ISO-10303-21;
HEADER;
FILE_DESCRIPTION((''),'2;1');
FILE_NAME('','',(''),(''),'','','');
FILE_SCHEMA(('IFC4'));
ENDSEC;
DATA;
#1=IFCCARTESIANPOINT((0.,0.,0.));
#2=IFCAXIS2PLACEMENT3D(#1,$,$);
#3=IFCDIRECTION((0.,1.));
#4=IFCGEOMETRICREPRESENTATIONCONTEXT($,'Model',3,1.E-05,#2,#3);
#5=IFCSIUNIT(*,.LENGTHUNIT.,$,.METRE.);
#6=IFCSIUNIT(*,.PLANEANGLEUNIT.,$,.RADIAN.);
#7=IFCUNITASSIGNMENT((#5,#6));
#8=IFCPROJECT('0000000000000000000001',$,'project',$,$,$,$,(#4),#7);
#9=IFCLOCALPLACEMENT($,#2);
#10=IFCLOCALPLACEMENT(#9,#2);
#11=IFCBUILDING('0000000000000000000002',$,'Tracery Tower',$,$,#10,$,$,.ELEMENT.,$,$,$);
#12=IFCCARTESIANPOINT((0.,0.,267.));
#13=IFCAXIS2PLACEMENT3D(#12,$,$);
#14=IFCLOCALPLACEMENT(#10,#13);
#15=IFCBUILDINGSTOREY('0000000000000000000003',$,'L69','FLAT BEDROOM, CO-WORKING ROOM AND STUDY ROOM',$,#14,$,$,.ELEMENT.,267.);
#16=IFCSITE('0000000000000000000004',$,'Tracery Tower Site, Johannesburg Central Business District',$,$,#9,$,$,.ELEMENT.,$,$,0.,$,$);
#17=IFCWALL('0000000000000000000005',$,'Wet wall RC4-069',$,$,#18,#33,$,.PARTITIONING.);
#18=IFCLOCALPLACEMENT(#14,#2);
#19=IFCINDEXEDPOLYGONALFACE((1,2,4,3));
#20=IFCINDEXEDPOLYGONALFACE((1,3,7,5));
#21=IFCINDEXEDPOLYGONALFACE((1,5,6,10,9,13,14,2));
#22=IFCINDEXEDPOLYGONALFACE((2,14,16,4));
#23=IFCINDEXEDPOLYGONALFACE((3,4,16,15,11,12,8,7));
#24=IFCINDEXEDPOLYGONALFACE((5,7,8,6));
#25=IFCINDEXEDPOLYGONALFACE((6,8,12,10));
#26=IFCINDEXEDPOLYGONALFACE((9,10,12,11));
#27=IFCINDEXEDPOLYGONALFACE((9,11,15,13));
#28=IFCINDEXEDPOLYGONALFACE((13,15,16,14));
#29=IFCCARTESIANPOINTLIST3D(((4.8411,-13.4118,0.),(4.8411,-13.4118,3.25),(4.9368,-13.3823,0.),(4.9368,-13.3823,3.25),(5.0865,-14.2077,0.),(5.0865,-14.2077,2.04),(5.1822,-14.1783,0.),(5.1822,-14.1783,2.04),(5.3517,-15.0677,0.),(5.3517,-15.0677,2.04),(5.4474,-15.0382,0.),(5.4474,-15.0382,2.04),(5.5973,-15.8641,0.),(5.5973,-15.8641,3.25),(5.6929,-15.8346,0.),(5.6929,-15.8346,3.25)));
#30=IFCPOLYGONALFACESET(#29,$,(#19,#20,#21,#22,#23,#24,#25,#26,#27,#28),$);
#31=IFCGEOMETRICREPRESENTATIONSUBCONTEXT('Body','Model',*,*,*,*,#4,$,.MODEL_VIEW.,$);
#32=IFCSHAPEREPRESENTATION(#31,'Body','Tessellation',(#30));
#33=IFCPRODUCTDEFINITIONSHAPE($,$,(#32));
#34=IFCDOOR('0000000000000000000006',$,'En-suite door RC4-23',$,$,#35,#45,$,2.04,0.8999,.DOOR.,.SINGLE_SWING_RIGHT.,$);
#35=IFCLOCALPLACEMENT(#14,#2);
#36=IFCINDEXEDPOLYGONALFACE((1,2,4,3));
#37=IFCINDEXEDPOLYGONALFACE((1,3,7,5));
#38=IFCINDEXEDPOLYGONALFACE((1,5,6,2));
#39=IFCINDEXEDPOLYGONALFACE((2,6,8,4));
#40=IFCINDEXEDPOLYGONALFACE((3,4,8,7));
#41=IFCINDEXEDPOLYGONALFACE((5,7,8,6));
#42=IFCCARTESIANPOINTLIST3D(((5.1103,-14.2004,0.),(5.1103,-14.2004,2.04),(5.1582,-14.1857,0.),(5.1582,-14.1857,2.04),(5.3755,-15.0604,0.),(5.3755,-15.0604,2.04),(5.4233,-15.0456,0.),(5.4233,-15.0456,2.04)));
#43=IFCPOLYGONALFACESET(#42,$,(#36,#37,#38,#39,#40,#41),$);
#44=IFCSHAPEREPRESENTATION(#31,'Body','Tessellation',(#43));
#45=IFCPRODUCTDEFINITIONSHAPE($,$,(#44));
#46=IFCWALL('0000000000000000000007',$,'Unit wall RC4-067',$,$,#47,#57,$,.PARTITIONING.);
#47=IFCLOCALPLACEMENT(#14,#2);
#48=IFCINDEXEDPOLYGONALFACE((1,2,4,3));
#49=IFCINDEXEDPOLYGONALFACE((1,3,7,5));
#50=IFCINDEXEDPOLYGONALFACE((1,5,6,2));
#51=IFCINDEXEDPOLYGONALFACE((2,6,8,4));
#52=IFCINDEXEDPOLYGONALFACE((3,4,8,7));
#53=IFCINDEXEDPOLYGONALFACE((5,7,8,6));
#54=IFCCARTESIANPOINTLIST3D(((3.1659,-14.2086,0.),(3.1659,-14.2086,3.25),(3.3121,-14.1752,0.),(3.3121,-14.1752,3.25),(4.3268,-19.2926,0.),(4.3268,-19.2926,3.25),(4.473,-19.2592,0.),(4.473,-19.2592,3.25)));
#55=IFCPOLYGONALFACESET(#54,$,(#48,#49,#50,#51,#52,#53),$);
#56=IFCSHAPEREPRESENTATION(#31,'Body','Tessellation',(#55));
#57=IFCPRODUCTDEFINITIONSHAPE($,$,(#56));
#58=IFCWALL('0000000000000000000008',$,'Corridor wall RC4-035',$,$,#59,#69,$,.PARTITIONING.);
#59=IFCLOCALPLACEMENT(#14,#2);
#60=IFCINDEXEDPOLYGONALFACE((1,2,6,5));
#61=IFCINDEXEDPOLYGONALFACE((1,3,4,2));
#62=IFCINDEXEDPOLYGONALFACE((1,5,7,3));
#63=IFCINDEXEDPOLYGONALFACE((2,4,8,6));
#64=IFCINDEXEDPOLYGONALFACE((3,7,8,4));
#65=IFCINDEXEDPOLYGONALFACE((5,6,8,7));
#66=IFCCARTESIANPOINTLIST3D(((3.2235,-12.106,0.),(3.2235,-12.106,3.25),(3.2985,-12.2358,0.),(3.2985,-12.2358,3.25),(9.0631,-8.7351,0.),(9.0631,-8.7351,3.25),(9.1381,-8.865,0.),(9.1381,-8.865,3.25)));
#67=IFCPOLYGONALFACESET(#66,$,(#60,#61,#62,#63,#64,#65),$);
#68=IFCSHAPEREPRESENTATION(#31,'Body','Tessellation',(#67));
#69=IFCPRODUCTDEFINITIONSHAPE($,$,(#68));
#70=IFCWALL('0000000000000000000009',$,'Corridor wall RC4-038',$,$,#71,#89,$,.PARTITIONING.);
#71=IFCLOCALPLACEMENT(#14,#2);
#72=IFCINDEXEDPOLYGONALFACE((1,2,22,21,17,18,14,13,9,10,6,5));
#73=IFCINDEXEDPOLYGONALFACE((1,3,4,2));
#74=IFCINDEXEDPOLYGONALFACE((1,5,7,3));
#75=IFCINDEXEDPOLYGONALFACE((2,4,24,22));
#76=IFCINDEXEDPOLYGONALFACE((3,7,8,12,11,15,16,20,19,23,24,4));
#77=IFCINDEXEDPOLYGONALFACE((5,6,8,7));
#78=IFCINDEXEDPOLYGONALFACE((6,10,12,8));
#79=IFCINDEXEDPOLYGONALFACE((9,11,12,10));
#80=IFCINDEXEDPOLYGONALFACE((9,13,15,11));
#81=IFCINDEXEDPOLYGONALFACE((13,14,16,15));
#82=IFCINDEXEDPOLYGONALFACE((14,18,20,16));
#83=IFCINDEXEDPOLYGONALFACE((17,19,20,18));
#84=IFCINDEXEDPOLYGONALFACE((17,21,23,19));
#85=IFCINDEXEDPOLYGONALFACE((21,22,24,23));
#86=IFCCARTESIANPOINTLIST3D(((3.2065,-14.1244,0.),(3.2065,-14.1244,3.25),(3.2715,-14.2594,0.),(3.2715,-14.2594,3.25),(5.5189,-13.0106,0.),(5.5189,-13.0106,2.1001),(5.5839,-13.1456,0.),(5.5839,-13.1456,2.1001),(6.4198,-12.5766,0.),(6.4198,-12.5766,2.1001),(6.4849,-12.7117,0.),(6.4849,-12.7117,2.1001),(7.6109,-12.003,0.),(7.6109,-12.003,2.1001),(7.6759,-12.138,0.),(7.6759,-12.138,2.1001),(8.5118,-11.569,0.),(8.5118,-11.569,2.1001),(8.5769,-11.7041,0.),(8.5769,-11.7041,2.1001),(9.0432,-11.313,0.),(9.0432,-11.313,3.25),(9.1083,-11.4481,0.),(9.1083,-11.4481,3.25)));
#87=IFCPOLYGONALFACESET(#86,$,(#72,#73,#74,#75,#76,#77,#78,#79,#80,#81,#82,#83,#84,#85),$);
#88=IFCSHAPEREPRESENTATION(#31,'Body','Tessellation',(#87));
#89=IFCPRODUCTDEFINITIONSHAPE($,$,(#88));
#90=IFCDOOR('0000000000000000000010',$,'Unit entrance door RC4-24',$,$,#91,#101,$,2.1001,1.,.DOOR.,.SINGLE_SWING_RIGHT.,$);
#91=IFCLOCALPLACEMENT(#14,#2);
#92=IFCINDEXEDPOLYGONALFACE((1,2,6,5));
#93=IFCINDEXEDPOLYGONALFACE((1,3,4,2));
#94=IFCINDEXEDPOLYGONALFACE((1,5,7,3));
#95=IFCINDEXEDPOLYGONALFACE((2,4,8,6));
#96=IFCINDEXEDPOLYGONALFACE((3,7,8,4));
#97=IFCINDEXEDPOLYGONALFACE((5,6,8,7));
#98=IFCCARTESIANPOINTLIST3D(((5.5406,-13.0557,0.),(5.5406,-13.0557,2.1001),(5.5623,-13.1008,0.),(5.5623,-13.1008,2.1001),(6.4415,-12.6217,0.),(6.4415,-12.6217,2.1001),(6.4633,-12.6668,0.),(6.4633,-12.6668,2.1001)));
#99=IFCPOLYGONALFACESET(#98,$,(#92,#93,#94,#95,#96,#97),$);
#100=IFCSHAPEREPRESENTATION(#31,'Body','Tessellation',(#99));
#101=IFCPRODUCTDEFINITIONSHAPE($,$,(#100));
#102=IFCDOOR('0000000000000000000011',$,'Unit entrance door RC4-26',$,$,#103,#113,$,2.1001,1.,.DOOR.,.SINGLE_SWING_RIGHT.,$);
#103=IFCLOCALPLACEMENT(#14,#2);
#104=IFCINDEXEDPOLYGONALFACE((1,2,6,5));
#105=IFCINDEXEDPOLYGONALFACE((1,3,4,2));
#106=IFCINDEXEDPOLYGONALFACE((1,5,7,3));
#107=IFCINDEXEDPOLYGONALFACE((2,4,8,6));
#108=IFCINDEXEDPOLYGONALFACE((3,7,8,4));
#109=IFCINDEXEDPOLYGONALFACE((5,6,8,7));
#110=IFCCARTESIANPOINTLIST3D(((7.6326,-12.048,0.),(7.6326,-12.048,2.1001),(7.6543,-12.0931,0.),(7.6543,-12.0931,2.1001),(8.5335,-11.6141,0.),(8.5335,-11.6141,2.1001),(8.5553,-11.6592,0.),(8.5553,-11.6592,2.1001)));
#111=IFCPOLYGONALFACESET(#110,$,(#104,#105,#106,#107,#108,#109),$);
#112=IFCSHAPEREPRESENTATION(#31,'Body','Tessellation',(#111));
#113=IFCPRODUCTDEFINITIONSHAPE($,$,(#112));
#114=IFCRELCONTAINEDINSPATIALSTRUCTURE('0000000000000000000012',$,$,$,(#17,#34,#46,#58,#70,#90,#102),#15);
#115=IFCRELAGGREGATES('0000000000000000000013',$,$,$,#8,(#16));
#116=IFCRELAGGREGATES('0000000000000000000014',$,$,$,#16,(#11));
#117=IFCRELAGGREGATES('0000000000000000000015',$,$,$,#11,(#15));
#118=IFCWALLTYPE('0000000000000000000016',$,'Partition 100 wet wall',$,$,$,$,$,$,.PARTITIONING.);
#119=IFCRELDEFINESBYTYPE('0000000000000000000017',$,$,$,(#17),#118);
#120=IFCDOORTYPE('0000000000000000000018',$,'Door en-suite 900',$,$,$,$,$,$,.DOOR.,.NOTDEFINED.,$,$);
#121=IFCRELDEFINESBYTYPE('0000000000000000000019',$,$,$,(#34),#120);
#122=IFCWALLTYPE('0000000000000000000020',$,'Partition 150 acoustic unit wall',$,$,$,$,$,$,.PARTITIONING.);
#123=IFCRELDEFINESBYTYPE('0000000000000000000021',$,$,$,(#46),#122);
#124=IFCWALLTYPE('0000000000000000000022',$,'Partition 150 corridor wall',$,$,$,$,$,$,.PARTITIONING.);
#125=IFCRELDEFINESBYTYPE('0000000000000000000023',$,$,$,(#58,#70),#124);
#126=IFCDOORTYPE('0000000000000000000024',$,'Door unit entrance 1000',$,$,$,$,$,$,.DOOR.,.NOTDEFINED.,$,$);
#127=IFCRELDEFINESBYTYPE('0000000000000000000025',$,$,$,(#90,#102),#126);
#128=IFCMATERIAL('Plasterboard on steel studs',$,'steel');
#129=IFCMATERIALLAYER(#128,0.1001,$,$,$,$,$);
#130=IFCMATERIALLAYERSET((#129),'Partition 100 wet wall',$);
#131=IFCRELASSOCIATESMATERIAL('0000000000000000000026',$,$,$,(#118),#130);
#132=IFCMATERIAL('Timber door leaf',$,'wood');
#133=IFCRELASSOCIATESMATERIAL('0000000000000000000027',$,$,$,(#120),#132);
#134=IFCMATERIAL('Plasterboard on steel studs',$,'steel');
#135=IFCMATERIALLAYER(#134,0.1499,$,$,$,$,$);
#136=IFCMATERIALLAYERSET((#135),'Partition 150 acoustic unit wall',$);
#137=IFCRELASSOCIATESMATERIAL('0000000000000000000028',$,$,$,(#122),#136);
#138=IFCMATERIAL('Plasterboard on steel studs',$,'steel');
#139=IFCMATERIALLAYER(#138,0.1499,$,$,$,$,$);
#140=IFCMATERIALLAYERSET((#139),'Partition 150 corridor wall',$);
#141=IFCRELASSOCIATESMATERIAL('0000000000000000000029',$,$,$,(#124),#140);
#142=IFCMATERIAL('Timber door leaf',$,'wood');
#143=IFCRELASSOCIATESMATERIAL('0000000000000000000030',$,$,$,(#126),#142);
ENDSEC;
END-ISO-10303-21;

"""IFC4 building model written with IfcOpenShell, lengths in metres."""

from ifc_helpers import new_model, si_unit, direction, frame, frame_2d, origin, place, context, subcontext, project, spatial, rectangle, extrude, material, layer, layer_set, type_object, element, fill, save


model = new_model("IFC4")

# Units and contexts
model_context = context("Model", 3, precision=1e-05, world=origin(), true_north=direction((0.0, 1.0)))
body_context = subcontext(model_context, "Body", "Model", "MODEL_VIEW")
ifc_project = project(units=[si_unit("LENGTHUNIT", "METRE"), si_unit("PLANEANGLEUNIT", "RADIAN")], contexts=[model_context])

# Site, building, storey
site_placement = place(None, origin())
site = spatial("IfcSite", under=ifc_project, at=site_placement, Name="Tracery Tower Site, Johannesburg Central Business District", CompositionType="ELEMENT", RefElevation=0.0)
building_placement = place(site_placement, origin())
building = spatial("IfcBuilding", under=site, at=building_placement, Name="Tracery Tower", CompositionType="ELEMENT")
storey_placement = place(building_placement, frame((0.0, 0.0, 267.0)))
storey = spatial("IfcBuildingStorey", under=building, at=storey_placement, Name="L69", Description="FLAT BEDROOM, CO-WORKING ROOM AND STUDY ROOM", CompositionType="ELEMENT", Elevation=267.0)

# Shared definitions
ifc_material_1 = material(Name="Plasterboard on steel studs", Category="steel")
ifc_layer_1 = layer(ifc_material_1, 0.1001)
ifc_layer_set_1 = layer_set([ifc_layer_1], Name="Partition 100 wet wall")
wall_type_1 = type_object("IfcWallType", Name="Partition 100 wet wall", PredefinedType="PARTITIONING", material=ifc_layer_set_1)
ifc_material_2 = material(Name="Timber door leaf", Category="wood")
door_type_1 = type_object("IfcDoorType", Name="Door en-suite 900", OperationType="NOTDEFINED", PredefinedType="DOOR", material=ifc_material_2)

# Wall, opening, door
wall_1_placement = place(storey_placement, frame((4.8889, -13.397, 0.0), z_axis=(0.0, 0.0, 1.0), x_axis=(0.294654, -0.955604, 0.0)))
wall_1 = element("IfcWall", 1, at=wall_1_placement, inside=storey, type_object=wall_type_1, Name="Wet wall RC4-069", PredefinedType="PARTITIONING", context=body_context, shape_type="SweptSolid", body=[
    extrude(rectangle(XDim=2.5662, YDim=0.1001, at=frame_2d((1.2832, 0.0))), origin(), (0.0, 0.0, 1.0), 3.25),
])
opening_1_placement = place(wall_1_placement, frame((0.833, 0.0, 0.0)))
opening_1 = element("IfcOpeningElement", 2, at=opening_1_placement, cuts=wall_1, PredefinedType="OPENING", context=body_context, shape_type="SweptSolid", body=[
    extrude(rectangle(XDim=0.8999, YDim=2.04, at=frame_2d((0.45, 1.02))), frame((0.0, 0.05, 0.0), z_axis=(0.0, -1.0, 0.0), x_axis=(1.0, 0.0, 0.0)), (0.0, 0.0, 1.0), 0.1001),
])
door_1_placement = place(opening_1_placement, origin())
door_1 = element("IfcDoor", 3, at=door_1_placement, inside=storey, type_object=door_type_1, Name="En-suite door RC4-23", OperationType="SINGLE_SWING_RIGHT", OverallHeight=2.04, OverallWidth=0.8999, PredefinedType="DOOR", context=body_context, shape_type="SweptSolid", body=[
    extrude(rectangle(XDim=0.8999, YDim=2.04, at=frame_2d((0.45, 1.02))), frame((0.0, 0.0249, 0.0), z_axis=(0.0, -1.0, 0.0), x_axis=(1.0, 0.0, 0.0)), (0.0, 0.0, 1.0), 0.05),
])
fill(opening_1, door_1)

# Walls
ifc_material_3 = material(Name="Plasterboard on steel studs", Category="steel")
ifc_layer_2 = layer(ifc_material_3, 0.1499)
ifc_layer_set_2 = layer_set([ifc_layer_2], Name="Partition 150 acoustic unit wall")
wall_type_2 = type_object("IfcWallType", Name="Partition 150 acoustic unit wall", PredefinedType="PARTITIONING", material=ifc_layer_set_2)
wall_2_placement = place(storey_placement, frame((3.239, -14.1919, 0.0), z_axis=(0.0, 0.0, 1.0), x_axis=(0.222613, -0.974907, 0.0)))
element("IfcWall", 4, at=wall_2_placement, inside=storey, type_object=wall_type_2, Name="Unit wall RC4-067", PredefinedType="PARTITIONING", context=body_context, shape_type="SweptSolid", body=[
    extrude(rectangle(XDim=5.2148, YDim=0.1499, at=frame_2d((2.6074, 0.0))), origin(), (0.0, 0.0, 1.0), 3.25),
])
ifc_material_4 = material(Name="Plasterboard on steel studs", Category="steel")
ifc_layer_3 = layer(ifc_material_4, 0.1499)
ifc_layer_set_3 = layer_set([ifc_layer_3], Name="Partition 150 corridor wall")
wall_type_3 = type_object("IfcWallType", Name="Partition 150 corridor wall", PredefinedType="PARTITIONING", material=ifc_layer_set_3)
wall_3_placement = place(storey_placement, frame((3.261, -12.1709, 0.0), z_axis=(0.0, 0.0, 1.0), x_axis=(0.866067, 0.499928, 0.0)))
element("IfcWall", 5, at=wall_3_placement, inside=storey, type_object=wall_type_3, Name="Corridor wall RC4-035", PredefinedType="PARTITIONING", context=body_context, shape_type="SweptSolid", body=[
    extrude(rectangle(XDim=6.7427, YDim=0.1499, at=frame_2d((3.3713, 0.0))), origin(), (0.0, 0.0, 1.0), 3.25),
])

# Wall, openings, doors
wall_4_placement = place(storey_placement, frame((3.239, -14.1919, 0.0), z_axis=(0.0, 0.0, 1.0), x_axis=(0.900939, 0.433945, 0.0)))
wall_4 = element("IfcWall", 6, at=wall_4_placement, inside=storey, type_object=wall_type_3, Name="Corridor wall RC4-038", PredefinedType="PARTITIONING", context=body_context, shape_type="SweptSolid", body=[
    extrude(rectangle(XDim=6.4785, YDim=0.1499, at=frame_2d((3.2393, 0.0))), origin(), (0.0, 0.0, 1.0), 3.25),
])
opening_2_placement = place(wall_4_placement, frame((2.5667, 0.0, 0.0)))
opening_2 = element("IfcOpeningElement", 7, at=opening_2_placement, cuts=wall_4, PredefinedType="OPENING", context=body_context, shape_type="SweptSolid", body=[
    extrude(rectangle(XDim=1.0, YDim=2.1001, at=frame_2d((0.5, 1.05))), frame((0.0, 0.075, 0.0), z_axis=(0.0, -1.0, 0.0), x_axis=(1.0, 0.0, 0.0)), (0.0, 0.0, 1.0), 0.1499),
])
opening_3_placement = place(wall_4_placement, frame((4.8887, 0.0, 0.0)))
opening_3 = element("IfcOpeningElement", 8, at=opening_3_placement, cuts=wall_4, PredefinedType="OPENING", context=body_context, shape_type="SweptSolid", body=[
    extrude(rectangle(XDim=1.0, YDim=2.1001, at=frame_2d((0.5, 1.05))), frame((0.0, 0.075, 0.0), z_axis=(0.0, -1.0, 0.0), x_axis=(1.0, 0.0, 0.0)), (0.0, 0.0, 1.0), 0.1499),
])
ifc_material_5 = material(Name="Timber door leaf", Category="wood")
door_type_2 = type_object("IfcDoorType", Name="Door unit entrance 1000", OperationType="NOTDEFINED", PredefinedType="DOOR", material=ifc_material_5)
door_2_placement = place(opening_2_placement, origin())
door_2 = element("IfcDoor", 9, at=door_2_placement, inside=storey, type_object=door_type_2, Name="Unit entrance door RC4-24", OperationType="SINGLE_SWING_RIGHT", OverallHeight=2.1001, OverallWidth=1.0, PredefinedType="DOOR", context=body_context, shape_type="SweptSolid", body=[
    extrude(rectangle(XDim=1.0, YDim=2.1001, at=frame_2d((0.5, 1.05))), frame((0.0, 0.0249, 0.0), z_axis=(0.0, -1.0, 0.0), x_axis=(1.0, 0.0, 0.0)), (0.0, 0.0, 1.0), 0.05),
])
fill(opening_2, door_2)
door_3_placement = place(opening_3_placement, origin())
door_3 = element("IfcDoor", 10, at=door_3_placement, inside=storey, type_object=door_type_2, Name="Unit entrance door RC4-26", OperationType="SINGLE_SWING_RIGHT", OverallHeight=2.1001, OverallWidth=1.0, PredefinedType="DOOR", context=body_context, shape_type="SweptSolid", body=[
    extrude(rectangle(XDim=1.0, YDim=2.1001, at=frame_2d((0.5, 1.05))), frame((0.0, 0.0249, 0.0), z_axis=(0.0, -1.0, 0.0), x_axis=(1.0, 0.0, 0.0)), (0.0, 0.0, 1.0), 0.05),
])
fill(opening_3, door_3)

save(model, "model.ifc")
